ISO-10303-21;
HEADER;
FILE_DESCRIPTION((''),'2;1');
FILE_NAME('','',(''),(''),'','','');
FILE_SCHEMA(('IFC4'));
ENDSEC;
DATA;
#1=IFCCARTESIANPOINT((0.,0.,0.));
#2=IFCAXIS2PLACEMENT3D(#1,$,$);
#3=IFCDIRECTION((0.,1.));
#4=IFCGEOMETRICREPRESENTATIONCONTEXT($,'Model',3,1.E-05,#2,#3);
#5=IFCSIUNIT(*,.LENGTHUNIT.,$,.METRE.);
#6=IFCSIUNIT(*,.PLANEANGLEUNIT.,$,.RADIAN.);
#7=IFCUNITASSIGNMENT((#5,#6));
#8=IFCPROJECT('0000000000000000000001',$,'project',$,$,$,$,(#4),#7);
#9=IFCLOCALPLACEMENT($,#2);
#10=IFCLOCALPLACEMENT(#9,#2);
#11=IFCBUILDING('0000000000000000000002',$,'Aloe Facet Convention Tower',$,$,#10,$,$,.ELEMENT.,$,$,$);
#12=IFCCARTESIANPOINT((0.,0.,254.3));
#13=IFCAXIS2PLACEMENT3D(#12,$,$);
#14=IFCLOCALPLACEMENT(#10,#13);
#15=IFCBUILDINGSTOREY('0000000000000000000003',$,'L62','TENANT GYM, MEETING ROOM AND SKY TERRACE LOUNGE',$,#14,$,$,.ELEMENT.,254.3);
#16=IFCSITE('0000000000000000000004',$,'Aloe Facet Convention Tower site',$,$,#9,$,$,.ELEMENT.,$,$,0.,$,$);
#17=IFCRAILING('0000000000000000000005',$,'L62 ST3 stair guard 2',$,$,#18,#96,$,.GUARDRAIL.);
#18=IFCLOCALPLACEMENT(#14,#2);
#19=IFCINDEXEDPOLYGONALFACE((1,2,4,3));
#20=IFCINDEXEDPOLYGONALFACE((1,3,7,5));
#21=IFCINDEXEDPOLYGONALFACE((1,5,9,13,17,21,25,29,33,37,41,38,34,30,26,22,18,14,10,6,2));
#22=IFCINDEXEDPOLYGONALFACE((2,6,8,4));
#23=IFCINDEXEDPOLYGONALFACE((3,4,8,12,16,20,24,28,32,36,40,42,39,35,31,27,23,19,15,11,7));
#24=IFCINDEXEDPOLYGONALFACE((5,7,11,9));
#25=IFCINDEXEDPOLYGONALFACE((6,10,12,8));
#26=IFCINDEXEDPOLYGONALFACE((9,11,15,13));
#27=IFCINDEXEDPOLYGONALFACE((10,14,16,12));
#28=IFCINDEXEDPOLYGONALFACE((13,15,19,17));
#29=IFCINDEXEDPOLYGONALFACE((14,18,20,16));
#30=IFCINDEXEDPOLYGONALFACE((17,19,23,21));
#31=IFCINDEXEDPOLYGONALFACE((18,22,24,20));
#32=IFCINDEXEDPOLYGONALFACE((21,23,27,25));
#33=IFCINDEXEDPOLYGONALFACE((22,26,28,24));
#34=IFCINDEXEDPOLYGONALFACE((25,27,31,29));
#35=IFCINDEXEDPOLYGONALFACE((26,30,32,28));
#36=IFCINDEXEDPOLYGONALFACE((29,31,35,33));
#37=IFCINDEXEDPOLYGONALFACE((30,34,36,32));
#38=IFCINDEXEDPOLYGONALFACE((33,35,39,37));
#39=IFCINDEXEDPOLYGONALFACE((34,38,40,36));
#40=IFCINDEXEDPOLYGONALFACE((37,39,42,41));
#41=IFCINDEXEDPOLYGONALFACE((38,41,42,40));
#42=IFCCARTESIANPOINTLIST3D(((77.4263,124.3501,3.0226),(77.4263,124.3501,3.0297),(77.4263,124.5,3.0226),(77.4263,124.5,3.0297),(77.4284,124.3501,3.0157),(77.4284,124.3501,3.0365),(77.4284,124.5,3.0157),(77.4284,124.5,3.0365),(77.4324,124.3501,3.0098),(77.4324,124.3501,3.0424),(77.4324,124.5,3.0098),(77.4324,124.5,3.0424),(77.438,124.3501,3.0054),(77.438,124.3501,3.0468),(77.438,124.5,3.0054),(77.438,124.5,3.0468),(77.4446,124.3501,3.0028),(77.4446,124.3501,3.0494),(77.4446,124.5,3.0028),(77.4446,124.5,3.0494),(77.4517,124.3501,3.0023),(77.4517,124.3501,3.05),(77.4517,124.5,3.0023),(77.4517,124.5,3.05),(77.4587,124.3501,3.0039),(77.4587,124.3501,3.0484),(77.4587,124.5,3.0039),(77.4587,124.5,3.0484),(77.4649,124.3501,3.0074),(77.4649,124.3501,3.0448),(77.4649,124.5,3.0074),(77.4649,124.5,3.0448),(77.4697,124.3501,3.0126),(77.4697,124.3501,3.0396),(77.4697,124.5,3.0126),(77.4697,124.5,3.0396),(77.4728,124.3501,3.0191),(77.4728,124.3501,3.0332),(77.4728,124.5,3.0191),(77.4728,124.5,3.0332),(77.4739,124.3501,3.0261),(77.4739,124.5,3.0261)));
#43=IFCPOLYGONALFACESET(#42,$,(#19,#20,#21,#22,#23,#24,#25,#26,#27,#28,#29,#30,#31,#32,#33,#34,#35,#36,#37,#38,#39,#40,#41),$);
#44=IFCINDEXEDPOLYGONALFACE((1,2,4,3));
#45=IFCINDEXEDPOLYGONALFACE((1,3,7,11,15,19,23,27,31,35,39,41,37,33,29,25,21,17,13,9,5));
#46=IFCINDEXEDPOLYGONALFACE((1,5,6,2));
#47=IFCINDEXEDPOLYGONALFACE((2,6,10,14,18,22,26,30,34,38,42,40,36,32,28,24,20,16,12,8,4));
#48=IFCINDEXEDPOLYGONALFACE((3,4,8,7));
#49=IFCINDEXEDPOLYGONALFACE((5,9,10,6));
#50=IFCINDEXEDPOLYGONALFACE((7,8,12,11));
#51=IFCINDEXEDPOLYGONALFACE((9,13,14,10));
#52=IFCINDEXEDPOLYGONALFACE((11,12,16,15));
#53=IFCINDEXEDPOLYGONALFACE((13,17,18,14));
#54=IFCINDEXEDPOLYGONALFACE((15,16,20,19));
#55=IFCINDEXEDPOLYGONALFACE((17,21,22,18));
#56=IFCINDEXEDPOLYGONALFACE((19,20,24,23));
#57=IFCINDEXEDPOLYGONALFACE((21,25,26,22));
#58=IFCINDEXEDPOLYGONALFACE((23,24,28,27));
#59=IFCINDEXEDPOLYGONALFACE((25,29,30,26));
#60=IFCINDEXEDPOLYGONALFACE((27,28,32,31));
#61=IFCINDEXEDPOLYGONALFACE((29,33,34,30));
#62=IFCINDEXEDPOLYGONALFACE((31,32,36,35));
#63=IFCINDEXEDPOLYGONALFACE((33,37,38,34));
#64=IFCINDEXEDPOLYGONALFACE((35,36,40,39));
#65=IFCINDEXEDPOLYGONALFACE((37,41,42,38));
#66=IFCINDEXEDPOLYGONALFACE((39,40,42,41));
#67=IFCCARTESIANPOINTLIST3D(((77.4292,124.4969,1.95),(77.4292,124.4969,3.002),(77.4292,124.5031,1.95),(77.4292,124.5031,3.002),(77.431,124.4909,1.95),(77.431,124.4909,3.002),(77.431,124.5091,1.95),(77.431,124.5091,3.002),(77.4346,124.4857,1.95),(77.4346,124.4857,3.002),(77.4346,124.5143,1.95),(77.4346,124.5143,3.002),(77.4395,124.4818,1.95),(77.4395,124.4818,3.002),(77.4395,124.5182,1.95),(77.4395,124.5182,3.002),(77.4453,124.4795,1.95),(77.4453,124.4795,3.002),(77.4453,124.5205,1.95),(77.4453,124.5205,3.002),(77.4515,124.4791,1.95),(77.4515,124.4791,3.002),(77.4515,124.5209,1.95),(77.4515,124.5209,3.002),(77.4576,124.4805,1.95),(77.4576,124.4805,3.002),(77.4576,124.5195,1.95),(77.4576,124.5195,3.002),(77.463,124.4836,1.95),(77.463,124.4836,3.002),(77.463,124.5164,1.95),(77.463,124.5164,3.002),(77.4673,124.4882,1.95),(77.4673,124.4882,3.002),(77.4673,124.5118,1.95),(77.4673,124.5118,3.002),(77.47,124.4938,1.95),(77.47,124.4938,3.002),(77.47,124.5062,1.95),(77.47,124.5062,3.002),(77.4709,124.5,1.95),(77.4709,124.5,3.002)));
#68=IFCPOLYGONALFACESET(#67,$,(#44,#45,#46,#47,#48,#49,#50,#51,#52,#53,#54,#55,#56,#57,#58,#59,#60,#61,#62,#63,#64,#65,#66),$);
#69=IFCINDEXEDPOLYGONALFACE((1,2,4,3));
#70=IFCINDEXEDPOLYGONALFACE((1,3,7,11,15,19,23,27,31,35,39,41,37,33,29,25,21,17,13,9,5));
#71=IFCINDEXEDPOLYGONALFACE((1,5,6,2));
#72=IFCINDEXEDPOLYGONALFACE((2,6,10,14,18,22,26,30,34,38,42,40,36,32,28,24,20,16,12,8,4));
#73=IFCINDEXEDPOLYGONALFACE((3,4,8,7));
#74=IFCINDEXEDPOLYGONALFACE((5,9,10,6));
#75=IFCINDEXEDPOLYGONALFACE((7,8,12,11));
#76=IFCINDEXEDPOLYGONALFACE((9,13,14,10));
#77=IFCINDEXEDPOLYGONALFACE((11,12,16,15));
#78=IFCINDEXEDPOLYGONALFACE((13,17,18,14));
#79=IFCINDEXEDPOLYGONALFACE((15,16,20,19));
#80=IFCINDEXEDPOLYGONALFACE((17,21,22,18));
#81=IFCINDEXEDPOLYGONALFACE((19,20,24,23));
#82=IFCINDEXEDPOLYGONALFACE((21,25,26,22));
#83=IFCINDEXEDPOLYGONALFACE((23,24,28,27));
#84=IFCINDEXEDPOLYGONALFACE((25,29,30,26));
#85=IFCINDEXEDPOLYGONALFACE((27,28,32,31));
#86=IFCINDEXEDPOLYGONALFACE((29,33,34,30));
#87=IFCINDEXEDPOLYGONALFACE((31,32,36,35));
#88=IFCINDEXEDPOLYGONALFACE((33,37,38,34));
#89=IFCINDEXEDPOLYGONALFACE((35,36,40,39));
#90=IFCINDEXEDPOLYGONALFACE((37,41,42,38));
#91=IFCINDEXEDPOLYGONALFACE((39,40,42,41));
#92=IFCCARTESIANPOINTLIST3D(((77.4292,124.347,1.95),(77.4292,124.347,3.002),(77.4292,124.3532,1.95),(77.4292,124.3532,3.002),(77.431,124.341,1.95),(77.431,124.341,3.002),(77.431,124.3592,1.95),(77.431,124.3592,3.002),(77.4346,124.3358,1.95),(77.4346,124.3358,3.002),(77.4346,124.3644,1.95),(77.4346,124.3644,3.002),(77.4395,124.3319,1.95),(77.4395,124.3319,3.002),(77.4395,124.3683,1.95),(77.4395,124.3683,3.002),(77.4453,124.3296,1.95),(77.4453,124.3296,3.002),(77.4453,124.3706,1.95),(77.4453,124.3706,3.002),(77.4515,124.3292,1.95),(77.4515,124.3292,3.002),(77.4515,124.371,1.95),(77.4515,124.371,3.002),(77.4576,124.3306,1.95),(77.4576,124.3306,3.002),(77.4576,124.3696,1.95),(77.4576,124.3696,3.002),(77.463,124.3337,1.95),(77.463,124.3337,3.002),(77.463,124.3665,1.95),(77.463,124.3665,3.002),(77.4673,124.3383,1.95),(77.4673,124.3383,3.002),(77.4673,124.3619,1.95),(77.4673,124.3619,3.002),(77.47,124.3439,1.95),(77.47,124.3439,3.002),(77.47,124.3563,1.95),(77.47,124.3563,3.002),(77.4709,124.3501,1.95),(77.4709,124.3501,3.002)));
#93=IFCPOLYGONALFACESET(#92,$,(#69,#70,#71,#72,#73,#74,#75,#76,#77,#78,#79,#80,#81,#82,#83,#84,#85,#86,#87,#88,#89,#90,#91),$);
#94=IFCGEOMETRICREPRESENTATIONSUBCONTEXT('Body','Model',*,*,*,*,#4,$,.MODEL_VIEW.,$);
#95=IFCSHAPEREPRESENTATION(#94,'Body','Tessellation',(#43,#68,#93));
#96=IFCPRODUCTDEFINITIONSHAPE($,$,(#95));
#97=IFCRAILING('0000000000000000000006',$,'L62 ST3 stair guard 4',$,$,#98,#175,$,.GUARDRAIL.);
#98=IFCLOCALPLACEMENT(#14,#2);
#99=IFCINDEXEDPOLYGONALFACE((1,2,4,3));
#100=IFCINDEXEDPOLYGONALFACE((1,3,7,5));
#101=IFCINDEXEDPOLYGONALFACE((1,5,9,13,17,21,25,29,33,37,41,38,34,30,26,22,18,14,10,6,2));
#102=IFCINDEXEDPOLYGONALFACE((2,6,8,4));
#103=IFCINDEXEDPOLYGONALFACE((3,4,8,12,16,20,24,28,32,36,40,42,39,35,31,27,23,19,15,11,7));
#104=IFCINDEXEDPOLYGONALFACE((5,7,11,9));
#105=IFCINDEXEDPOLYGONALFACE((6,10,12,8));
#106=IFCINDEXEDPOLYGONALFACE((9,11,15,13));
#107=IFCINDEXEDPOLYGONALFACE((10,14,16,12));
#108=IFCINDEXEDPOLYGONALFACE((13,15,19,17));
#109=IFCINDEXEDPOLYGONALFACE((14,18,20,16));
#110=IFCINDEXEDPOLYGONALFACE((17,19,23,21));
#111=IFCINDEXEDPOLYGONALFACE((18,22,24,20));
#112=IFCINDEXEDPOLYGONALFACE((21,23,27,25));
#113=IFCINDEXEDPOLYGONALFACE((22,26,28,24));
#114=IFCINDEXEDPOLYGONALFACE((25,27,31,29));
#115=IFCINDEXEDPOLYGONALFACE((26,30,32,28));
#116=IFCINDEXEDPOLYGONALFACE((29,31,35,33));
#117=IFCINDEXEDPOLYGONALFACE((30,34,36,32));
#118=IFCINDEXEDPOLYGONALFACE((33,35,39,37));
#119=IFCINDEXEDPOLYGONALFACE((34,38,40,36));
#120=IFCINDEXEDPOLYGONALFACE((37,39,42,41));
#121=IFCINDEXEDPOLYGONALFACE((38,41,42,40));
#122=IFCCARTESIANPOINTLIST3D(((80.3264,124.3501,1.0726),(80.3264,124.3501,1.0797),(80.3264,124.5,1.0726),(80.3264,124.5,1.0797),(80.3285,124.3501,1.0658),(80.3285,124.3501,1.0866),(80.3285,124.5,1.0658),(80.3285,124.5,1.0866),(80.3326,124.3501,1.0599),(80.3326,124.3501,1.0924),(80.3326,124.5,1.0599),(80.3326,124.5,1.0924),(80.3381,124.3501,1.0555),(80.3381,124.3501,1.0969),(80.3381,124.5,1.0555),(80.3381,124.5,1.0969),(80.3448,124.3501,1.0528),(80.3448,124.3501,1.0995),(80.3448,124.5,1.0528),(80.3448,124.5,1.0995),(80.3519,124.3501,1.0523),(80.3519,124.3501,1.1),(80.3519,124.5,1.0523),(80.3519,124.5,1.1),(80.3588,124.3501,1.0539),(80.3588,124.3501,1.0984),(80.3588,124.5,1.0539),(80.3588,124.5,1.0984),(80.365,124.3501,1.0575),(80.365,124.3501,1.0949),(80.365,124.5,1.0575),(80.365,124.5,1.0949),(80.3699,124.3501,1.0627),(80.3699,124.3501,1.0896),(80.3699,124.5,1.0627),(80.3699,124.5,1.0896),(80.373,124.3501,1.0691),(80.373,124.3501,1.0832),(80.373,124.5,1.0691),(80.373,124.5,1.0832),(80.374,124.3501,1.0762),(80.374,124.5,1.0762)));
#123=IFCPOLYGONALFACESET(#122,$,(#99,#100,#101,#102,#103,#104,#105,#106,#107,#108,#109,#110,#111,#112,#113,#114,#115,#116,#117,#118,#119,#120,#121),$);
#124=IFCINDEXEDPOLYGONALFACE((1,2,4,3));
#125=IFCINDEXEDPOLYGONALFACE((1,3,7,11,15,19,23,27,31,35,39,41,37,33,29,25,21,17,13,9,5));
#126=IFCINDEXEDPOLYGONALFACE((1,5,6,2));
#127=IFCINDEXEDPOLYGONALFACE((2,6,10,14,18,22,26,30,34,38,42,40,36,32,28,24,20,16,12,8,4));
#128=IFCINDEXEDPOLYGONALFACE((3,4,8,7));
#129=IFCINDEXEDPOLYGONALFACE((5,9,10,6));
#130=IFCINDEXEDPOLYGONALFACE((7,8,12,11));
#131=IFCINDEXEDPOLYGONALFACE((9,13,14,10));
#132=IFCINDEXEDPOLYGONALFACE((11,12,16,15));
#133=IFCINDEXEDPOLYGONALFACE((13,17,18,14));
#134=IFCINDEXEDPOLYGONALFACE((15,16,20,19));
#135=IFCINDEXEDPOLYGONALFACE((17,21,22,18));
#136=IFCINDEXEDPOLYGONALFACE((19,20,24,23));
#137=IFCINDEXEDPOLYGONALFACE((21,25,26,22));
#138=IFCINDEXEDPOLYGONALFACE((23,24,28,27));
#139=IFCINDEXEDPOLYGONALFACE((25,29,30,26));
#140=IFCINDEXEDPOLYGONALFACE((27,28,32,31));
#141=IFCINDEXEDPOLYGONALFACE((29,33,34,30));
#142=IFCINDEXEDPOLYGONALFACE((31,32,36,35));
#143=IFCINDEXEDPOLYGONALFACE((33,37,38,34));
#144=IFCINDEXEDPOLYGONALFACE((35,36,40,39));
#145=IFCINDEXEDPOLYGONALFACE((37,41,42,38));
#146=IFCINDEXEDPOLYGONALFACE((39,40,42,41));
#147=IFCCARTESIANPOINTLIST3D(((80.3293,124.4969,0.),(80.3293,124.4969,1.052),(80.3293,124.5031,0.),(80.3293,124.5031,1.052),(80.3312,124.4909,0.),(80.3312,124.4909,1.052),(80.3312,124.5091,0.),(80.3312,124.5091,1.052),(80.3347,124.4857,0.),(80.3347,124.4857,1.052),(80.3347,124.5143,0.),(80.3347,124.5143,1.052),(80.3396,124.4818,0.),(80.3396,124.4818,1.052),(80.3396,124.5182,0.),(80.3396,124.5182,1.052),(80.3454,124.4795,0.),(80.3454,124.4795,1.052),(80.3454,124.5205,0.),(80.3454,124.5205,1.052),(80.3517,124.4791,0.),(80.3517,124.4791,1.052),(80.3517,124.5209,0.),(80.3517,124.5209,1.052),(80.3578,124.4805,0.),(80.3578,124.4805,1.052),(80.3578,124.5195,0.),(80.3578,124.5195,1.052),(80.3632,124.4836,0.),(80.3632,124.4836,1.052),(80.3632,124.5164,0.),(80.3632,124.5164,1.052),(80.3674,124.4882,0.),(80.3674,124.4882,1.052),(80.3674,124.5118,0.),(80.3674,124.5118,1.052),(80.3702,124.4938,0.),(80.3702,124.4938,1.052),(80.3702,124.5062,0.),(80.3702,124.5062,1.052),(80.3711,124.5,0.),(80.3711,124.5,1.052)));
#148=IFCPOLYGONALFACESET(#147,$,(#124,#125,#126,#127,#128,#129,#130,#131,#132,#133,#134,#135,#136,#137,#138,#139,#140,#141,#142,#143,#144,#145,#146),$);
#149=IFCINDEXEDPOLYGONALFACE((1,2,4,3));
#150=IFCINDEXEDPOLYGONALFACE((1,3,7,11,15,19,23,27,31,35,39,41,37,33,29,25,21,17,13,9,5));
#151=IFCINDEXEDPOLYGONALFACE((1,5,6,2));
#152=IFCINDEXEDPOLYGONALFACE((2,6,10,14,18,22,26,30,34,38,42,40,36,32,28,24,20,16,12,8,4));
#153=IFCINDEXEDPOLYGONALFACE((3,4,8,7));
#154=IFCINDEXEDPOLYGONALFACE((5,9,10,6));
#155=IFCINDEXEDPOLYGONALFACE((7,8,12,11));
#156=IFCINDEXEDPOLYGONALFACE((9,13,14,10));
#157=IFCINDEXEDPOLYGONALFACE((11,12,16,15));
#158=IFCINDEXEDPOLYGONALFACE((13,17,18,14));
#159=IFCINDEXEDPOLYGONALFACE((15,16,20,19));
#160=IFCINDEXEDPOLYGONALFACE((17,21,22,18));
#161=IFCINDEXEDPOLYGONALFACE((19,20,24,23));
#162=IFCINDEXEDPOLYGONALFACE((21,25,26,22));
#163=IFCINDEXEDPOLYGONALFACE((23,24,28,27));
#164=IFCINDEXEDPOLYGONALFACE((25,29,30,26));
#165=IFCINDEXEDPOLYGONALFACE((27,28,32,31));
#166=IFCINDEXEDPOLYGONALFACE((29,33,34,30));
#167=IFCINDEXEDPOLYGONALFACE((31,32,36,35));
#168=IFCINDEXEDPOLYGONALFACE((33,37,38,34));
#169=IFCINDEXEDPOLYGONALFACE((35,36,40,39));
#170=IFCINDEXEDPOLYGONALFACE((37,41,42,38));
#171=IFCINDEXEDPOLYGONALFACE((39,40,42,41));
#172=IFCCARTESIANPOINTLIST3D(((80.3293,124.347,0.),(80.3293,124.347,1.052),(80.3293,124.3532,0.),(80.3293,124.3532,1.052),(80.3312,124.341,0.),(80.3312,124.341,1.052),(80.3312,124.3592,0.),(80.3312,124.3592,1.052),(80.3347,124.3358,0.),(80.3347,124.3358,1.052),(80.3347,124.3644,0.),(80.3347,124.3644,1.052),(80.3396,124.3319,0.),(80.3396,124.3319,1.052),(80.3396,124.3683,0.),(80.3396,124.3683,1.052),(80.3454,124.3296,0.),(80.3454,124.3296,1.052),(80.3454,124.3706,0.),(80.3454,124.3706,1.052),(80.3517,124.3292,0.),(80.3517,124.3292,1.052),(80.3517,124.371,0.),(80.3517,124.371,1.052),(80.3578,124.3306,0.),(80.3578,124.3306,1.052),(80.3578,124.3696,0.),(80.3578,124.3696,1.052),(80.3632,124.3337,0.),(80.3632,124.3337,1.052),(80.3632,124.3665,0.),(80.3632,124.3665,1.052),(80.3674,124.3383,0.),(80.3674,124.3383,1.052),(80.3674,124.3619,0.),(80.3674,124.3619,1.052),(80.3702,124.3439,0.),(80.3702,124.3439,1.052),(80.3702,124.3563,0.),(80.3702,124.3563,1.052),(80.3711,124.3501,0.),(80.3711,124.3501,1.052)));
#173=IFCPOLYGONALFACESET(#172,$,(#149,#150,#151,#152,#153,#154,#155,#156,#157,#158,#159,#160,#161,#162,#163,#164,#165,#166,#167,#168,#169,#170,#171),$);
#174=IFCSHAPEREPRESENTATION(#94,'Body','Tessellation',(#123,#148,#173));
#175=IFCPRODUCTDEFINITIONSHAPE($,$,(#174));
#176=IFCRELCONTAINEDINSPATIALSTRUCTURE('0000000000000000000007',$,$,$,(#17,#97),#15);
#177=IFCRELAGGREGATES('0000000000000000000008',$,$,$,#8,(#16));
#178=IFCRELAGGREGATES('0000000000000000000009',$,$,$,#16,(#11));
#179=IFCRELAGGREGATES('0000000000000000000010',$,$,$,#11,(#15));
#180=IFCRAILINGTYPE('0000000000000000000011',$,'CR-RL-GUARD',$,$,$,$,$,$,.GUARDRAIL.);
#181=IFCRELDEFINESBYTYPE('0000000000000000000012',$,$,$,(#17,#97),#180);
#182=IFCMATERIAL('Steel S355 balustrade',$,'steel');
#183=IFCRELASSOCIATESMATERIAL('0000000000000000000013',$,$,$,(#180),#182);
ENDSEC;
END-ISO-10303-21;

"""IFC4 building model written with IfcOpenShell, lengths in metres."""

from ifc_helpers import new_model, si_unit, direction, frame, origin, origin_2d, place, context, subcontext, project, spatial, circle, extrude, material, type_object, element, save


model = new_model("IFC4")

# Units and contexts
model_context = context("Model", 3, precision=1e-05, world=origin(), true_north=direction((0.0, 1.0)))
body_context = subcontext(model_context, "Body", "Model", "MODEL_VIEW")
ifc_project = project(units=[si_unit("LENGTHUNIT", "METRE"), si_unit("PLANEANGLEUNIT", "RADIAN")], contexts=[model_context])

# Site, building, storey
site_placement = place(None, origin())
site = spatial("IfcSite", under=ifc_project, at=site_placement, Name="Aloe Facet Convention Tower site", CompositionType="ELEMENT", RefElevation=0.0)
building_placement = place(site_placement, origin())
building = spatial("IfcBuilding", under=site, at=building_placement, Name="Aloe Facet Convention Tower", CompositionType="ELEMENT")
storey_placement = place(building_placement, frame((0.0, 0.0, 254.3)))
storey = spatial("IfcBuildingStorey", under=building, at=storey_placement, Name="L62", Description="TENANT GYM, MEETING ROOM AND SKY TERRACE LOUNGE", CompositionType="ELEMENT", Elevation=254.3)

# Railings
ifc_material_1 = material(Name="Steel S355 balustrade", Category="steel")
railing_type_1 = type_object("IfcRailingType", Name="CR-RL-GUARD", PredefinedType="GUARDRAIL", material=ifc_material_1)
for number, where, name in (
    (1, (77.45, 124.5, 1.95), "L62 ST3 stair guard 2"),
    (2, (80.3501, 124.5, 0.0), "L62 ST3 stair guard 4"),
):
    element("IfcRailing", number, at=place(storey_placement, frame(where)), inside=storey, type_object=railing_type_1, Name=name, PredefinedType="GUARDRAIL", context=body_context, shape_type="SweptSolid", body=[
        extrude(circle(Radius=0.0239, at=origin_2d()), frame((0.0, 0.0, 1.0762), z_axis=(0.0, -1.0, 0.0), x_axis=(1.0, 0.0, 0.0)), (0.0, 0.0, 1.0), 0.1499),
        extrude(circle(Radius=0.021, at=origin_2d()), origin(), (0.0, 0.0, 1.0), 1.052),
        extrude(circle(Radius=0.021, at=origin_2d()), frame((0.0, -0.1499, 0.0)), (0.0, 0.0, 1.0), 1.052),
    ])

save(model, "model.ifc")
